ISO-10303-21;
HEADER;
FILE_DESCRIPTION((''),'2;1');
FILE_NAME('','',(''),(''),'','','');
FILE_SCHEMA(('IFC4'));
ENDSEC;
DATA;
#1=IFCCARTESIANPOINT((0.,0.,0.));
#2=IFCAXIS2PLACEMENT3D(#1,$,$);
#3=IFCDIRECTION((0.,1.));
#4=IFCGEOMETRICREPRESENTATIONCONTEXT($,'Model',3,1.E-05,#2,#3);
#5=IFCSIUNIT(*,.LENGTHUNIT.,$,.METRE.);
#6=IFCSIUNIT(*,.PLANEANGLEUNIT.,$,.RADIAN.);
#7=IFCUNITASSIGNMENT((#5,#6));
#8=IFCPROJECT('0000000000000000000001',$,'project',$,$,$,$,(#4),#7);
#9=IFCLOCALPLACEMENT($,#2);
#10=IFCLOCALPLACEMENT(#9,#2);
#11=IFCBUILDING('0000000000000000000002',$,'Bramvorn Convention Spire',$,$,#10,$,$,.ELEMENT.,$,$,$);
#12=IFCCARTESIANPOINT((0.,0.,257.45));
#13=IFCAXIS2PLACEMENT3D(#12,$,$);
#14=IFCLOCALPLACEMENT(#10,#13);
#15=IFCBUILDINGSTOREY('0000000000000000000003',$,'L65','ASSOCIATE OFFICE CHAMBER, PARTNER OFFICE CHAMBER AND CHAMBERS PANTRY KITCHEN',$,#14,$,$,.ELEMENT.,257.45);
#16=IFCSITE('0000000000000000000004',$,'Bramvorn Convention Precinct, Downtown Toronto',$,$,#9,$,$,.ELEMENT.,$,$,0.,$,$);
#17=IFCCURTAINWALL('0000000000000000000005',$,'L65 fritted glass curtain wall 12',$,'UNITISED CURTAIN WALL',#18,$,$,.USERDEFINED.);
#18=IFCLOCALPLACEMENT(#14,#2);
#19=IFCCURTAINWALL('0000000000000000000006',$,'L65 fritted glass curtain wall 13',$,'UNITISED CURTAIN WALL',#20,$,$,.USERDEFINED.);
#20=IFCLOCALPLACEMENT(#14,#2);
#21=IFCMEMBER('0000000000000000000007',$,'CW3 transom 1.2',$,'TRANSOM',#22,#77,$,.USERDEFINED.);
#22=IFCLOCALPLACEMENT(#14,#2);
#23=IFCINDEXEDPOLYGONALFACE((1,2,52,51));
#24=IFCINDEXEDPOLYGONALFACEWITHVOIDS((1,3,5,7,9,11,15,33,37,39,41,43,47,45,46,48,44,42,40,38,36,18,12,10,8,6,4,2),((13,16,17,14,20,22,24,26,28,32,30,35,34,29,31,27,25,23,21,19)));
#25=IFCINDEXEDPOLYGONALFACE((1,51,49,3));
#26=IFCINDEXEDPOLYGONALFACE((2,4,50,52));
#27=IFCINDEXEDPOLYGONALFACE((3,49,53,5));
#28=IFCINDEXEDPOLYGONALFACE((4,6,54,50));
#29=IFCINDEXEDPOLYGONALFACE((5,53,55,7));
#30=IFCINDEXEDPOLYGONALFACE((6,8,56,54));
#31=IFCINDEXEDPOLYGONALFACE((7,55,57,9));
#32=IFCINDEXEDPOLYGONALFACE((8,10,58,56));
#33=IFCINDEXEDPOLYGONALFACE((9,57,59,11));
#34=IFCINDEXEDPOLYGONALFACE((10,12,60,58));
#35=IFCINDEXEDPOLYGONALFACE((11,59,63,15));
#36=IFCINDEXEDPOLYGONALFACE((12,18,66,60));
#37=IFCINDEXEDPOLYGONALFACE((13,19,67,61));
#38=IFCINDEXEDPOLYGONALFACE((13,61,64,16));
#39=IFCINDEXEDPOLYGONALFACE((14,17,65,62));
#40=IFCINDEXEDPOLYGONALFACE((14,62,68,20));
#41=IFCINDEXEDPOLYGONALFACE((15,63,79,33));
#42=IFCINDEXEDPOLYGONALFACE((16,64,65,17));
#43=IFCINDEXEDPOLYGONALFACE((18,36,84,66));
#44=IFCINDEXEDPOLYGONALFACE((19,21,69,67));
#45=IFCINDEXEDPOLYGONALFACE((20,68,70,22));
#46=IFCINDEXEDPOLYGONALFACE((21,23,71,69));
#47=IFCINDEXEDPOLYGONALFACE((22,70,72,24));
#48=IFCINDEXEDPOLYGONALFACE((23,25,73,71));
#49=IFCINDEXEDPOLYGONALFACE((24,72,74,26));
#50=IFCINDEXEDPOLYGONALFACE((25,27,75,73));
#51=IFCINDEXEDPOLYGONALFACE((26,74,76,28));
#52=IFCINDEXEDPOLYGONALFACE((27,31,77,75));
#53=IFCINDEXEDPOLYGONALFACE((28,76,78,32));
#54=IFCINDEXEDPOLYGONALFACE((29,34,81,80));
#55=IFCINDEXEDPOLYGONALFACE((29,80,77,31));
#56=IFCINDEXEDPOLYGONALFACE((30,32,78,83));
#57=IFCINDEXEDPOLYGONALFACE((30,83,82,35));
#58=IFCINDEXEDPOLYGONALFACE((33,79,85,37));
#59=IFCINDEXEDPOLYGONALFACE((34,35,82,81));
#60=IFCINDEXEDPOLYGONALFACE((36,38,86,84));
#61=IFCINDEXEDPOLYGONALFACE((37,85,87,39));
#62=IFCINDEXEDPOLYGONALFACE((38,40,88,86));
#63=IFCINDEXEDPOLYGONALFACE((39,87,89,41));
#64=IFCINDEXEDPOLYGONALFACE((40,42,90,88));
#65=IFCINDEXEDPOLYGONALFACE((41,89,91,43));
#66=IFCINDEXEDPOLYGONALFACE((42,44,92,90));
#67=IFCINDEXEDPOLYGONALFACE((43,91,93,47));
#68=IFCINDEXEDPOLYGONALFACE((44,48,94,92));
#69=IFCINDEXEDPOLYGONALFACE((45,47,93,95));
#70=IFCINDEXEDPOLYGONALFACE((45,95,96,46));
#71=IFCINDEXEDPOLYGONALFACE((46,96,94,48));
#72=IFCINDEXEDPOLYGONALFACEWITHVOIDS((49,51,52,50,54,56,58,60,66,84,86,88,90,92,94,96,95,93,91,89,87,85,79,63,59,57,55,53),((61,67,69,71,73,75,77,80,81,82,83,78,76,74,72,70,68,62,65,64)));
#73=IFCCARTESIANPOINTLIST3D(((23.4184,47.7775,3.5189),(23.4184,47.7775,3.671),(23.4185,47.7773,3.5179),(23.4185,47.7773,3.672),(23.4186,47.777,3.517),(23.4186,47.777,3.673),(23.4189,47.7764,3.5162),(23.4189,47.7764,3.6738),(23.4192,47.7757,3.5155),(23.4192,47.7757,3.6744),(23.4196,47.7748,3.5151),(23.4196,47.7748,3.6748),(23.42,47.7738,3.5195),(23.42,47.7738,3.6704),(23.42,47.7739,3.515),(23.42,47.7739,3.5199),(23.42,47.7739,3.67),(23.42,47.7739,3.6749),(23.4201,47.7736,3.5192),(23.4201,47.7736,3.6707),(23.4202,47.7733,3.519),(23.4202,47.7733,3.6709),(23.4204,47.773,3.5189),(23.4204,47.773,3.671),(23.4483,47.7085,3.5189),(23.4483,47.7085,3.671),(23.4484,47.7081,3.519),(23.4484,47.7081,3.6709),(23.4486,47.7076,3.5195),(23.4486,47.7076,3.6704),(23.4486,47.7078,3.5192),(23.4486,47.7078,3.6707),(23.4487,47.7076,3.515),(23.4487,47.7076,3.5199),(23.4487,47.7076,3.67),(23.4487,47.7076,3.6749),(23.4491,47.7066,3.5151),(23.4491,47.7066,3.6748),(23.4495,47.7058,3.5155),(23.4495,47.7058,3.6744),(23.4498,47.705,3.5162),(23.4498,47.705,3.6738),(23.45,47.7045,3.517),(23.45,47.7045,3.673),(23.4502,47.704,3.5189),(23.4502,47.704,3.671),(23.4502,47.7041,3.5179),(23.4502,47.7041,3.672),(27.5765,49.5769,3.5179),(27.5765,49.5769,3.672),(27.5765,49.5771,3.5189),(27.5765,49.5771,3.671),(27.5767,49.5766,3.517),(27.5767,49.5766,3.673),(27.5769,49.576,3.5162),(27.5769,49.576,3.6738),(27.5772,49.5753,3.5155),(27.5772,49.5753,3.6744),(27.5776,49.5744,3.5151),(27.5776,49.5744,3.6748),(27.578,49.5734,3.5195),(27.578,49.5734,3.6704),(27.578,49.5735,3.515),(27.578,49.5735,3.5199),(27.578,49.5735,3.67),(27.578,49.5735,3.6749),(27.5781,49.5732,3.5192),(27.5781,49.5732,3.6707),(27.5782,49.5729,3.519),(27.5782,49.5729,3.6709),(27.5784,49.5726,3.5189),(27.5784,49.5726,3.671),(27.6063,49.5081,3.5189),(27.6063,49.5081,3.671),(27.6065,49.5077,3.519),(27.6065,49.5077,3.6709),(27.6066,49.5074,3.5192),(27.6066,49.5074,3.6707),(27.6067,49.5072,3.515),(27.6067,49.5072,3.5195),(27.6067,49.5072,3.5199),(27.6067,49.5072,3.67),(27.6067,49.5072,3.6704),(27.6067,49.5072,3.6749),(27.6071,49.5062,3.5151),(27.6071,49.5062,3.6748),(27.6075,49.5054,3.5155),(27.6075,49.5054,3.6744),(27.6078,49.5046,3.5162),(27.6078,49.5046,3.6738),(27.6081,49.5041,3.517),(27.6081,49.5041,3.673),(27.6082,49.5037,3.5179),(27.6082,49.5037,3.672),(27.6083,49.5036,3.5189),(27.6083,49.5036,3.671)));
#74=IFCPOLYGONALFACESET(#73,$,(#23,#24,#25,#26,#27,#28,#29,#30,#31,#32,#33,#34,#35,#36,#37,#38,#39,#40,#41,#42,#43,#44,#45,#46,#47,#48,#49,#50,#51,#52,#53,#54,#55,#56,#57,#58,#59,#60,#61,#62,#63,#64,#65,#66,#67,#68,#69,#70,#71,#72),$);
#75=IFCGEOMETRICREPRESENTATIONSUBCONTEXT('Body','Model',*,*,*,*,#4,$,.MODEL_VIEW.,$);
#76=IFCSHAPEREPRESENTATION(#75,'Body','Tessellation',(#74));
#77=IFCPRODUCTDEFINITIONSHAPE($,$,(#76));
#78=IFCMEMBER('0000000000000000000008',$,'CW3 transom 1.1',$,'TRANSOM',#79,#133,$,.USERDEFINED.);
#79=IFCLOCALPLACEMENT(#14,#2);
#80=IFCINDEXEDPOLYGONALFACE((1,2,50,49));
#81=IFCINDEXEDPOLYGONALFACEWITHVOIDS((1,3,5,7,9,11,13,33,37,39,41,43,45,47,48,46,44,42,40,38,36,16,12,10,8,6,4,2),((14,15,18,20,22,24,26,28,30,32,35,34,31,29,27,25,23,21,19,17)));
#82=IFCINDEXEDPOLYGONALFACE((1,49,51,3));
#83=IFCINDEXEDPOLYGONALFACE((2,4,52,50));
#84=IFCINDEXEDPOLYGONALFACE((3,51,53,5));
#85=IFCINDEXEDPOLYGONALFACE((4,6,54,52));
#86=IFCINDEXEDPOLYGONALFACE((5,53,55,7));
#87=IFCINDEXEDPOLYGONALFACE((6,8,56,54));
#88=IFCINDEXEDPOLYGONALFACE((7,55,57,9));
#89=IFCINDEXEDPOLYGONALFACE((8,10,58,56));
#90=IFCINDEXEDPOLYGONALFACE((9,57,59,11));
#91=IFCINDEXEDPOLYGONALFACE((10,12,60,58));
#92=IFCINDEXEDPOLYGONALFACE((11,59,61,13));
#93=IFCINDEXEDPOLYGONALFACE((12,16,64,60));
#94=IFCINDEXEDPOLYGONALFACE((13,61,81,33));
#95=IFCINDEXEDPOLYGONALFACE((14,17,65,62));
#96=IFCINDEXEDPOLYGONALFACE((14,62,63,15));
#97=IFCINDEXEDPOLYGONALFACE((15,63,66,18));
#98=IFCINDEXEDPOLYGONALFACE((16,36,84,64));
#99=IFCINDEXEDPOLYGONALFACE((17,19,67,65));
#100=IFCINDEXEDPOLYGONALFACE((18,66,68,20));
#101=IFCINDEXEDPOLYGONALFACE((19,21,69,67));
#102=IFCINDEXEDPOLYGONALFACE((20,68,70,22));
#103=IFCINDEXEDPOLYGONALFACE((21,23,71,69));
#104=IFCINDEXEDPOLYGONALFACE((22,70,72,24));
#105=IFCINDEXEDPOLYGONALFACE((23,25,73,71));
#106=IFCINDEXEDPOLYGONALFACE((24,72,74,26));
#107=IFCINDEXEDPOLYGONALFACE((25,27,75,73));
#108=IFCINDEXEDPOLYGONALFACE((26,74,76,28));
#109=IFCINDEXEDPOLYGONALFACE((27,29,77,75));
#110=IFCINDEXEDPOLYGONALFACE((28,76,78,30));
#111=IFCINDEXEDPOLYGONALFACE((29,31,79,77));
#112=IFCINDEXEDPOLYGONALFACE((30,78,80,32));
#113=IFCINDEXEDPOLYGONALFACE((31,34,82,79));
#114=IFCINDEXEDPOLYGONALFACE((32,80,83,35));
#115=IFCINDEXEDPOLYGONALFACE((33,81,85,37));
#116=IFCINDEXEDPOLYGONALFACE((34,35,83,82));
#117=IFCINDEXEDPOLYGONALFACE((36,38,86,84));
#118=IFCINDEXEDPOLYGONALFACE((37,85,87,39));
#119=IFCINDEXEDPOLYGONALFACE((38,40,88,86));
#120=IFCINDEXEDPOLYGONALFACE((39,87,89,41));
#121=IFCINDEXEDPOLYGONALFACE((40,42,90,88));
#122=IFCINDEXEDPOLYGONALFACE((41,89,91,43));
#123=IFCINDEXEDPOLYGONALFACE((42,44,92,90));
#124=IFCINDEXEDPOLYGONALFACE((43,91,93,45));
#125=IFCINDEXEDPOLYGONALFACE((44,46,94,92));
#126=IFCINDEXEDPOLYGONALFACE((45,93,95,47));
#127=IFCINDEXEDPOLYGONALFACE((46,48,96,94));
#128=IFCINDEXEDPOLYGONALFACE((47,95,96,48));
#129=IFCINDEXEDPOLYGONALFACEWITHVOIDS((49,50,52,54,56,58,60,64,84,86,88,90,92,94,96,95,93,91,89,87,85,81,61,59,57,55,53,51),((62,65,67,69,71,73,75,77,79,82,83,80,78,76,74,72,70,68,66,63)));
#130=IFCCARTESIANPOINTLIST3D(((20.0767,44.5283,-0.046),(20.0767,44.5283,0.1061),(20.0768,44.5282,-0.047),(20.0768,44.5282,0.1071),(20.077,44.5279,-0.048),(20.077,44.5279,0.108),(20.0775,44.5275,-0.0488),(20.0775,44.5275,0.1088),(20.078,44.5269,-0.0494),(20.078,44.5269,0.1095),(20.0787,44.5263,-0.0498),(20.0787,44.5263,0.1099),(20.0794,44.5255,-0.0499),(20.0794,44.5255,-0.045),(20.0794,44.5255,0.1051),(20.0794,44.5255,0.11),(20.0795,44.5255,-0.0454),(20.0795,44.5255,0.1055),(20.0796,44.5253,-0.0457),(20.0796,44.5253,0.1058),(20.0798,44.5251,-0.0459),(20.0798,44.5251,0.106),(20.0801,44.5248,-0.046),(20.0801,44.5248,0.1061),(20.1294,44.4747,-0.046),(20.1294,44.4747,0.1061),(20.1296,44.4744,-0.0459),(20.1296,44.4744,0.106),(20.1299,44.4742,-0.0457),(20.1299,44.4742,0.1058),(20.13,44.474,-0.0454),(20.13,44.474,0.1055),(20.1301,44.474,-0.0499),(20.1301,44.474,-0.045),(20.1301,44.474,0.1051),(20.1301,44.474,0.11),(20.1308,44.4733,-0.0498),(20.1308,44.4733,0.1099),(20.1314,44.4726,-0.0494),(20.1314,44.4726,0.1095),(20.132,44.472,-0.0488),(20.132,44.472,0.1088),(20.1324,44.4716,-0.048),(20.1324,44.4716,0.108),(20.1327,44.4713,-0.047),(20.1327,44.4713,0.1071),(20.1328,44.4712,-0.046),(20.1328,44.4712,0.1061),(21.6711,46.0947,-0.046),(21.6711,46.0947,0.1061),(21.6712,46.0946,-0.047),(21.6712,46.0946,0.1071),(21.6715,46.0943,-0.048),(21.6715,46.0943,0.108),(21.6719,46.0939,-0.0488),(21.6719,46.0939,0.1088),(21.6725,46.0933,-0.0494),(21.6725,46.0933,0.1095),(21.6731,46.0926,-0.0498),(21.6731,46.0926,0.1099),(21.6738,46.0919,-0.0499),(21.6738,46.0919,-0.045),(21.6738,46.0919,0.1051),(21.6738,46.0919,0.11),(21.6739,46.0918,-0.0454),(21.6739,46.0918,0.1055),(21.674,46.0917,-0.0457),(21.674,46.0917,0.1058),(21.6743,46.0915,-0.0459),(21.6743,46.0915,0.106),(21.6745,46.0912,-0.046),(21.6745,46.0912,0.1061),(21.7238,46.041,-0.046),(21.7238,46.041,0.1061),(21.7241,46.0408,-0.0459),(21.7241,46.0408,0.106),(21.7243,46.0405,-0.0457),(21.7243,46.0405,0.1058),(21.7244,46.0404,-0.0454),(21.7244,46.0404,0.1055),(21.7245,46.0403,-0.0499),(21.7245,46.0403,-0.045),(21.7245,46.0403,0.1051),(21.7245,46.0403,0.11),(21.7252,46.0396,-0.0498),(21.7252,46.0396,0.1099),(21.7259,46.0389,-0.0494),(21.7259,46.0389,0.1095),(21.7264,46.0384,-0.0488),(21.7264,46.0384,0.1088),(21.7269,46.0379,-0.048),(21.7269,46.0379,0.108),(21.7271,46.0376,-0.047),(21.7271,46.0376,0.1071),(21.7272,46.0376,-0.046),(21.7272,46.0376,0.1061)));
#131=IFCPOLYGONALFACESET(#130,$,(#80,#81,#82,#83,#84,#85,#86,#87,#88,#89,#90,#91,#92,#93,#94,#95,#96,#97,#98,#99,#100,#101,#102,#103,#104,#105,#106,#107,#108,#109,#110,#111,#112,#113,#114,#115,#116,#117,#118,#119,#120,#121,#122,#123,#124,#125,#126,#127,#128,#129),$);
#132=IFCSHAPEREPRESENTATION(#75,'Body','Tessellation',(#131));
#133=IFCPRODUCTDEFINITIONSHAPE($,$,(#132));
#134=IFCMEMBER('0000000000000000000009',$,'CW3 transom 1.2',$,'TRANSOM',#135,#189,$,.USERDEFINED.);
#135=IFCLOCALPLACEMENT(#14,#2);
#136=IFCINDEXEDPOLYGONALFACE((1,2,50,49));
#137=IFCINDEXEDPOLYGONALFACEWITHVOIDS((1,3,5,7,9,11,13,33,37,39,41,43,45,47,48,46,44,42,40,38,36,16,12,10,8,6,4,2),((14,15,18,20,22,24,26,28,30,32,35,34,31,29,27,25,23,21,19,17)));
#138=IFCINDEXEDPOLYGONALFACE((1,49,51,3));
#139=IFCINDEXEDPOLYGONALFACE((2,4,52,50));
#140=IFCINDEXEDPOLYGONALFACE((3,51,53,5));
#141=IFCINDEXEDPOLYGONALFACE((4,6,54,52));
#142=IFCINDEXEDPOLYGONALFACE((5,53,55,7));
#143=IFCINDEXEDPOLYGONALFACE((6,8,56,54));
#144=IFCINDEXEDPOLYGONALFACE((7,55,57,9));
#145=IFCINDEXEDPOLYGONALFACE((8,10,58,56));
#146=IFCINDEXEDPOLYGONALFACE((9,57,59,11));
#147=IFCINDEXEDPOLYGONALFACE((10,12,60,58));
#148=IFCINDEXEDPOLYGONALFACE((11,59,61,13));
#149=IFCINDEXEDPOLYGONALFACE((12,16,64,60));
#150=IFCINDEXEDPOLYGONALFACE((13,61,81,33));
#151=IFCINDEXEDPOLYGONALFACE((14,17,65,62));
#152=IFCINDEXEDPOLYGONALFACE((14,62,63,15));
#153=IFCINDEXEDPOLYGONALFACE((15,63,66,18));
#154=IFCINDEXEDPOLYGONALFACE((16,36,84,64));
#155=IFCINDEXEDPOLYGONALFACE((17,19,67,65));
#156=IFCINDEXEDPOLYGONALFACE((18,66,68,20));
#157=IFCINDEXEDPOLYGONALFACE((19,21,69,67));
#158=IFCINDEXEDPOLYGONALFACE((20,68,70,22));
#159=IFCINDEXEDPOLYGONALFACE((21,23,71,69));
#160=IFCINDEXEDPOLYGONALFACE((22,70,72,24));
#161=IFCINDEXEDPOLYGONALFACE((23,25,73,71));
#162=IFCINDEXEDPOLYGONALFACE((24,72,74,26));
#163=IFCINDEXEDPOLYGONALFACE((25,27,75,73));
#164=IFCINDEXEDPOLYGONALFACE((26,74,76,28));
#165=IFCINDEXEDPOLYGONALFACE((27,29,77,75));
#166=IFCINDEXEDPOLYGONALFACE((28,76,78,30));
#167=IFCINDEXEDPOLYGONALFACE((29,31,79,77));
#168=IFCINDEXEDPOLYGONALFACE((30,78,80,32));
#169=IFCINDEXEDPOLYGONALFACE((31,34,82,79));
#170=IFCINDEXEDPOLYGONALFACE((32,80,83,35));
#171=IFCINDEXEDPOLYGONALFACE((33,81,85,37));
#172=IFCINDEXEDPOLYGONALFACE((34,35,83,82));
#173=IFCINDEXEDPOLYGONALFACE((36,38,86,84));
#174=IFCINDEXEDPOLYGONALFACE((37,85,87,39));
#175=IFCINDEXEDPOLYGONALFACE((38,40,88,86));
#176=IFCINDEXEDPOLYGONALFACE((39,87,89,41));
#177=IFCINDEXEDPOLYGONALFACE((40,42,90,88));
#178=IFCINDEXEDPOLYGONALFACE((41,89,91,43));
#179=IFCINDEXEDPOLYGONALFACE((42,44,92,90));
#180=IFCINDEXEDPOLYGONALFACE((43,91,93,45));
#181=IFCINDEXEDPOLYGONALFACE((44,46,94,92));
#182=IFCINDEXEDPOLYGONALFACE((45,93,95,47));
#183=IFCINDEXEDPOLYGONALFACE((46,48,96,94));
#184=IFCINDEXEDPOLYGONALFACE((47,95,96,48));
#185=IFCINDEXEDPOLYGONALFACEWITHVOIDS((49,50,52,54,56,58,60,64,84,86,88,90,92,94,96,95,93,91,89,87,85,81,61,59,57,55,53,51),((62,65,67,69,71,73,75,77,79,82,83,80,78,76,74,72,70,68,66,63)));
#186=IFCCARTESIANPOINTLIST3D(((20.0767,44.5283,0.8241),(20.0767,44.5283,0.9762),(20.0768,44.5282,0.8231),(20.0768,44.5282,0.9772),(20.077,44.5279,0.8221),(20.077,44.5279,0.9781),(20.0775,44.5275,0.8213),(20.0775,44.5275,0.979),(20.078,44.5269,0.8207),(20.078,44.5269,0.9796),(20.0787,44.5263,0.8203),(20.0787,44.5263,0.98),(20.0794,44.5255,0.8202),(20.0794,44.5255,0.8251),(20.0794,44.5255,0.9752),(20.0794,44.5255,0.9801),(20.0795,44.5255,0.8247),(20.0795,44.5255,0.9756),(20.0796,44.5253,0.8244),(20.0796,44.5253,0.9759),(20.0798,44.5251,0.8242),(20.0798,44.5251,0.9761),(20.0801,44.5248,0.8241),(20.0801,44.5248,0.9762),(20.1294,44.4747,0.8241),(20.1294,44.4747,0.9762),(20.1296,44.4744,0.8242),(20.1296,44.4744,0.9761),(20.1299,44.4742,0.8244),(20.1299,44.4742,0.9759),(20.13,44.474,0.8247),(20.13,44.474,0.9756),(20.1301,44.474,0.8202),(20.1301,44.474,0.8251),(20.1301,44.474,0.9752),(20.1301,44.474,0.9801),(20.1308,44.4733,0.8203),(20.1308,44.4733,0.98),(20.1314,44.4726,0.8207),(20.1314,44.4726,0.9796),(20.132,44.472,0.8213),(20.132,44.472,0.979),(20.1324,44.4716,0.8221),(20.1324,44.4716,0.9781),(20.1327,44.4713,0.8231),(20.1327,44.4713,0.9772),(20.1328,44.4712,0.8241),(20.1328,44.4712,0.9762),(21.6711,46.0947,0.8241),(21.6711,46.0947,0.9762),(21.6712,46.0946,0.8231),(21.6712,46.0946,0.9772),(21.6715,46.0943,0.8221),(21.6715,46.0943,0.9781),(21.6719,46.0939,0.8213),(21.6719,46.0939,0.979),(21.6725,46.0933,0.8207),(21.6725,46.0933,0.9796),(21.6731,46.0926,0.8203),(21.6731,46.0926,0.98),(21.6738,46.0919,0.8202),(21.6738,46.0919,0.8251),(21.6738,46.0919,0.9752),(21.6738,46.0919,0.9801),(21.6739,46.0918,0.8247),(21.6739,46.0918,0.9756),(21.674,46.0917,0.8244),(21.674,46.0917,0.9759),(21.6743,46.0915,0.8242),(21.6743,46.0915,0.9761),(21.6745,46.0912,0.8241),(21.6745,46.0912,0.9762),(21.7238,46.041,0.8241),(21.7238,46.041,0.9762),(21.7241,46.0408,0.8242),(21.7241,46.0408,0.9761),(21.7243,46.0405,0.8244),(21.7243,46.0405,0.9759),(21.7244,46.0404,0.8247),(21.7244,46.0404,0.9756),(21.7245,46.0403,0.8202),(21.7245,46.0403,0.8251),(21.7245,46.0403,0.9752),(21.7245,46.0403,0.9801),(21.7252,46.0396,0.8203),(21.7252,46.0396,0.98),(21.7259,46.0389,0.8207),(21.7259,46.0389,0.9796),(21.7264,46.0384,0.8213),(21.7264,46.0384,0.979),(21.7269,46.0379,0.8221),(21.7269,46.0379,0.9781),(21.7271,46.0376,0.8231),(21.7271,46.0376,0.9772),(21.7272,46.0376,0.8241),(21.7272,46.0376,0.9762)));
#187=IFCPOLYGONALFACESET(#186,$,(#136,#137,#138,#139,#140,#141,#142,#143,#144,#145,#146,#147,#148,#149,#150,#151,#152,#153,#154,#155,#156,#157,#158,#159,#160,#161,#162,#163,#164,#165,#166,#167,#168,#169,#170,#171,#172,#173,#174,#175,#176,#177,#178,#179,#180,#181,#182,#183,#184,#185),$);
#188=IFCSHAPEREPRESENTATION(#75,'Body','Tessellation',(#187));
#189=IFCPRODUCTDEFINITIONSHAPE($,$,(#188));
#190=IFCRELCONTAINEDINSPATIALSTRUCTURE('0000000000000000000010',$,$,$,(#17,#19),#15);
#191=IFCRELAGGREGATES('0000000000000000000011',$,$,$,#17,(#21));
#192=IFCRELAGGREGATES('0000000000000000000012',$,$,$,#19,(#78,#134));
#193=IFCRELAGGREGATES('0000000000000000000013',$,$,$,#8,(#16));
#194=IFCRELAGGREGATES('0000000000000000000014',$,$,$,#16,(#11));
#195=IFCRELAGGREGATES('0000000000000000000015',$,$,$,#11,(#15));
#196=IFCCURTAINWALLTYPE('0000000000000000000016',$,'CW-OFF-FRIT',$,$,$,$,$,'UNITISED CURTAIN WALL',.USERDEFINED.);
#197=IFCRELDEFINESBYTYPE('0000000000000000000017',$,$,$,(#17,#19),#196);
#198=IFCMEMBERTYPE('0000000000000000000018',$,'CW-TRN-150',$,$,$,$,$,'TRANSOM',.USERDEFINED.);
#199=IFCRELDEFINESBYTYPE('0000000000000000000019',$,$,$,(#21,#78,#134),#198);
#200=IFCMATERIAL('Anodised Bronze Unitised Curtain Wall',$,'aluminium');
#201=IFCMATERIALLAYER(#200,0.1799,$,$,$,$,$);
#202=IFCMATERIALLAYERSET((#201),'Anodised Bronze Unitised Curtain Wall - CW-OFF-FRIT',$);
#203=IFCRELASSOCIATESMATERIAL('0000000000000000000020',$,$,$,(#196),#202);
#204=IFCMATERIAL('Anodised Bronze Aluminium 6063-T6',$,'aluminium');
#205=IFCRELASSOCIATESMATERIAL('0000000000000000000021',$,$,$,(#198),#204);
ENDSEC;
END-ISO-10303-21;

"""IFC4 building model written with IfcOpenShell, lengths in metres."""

from ifc_helpers import new_model, si_unit, direction, frame, origin, origin_2d, place, context, subcontext, project, spatial, hollow_rectangle, extrude, material, layer, layer_set, material_profile, profile_set, type_object, element, aggregate, save


model = new_model("IFC4")

# Units and contexts
model_context = context("Model", 3, precision=1e-05, world=origin(), true_north=direction((0.0, 1.0)))
body_context = subcontext(model_context, "Body", "Model", "MODEL_VIEW")
ifc_project = project(units=[si_unit("LENGTHUNIT", "METRE"), si_unit("PLANEANGLEUNIT", "RADIAN")], contexts=[model_context])

# Site, building, storey
site_placement = place(None, origin())
site = spatial("IfcSite", under=ifc_project, at=site_placement, Name="Bramvorn Convention Precinct, Downtown Toronto", CompositionType="ELEMENT", RefElevation=0.0)
building_placement = place(site_placement, origin())
building = spatial("IfcBuilding", under=site, at=building_placement, Name="Bramvorn Convention Spire", CompositionType="ELEMENT")
storey_placement = place(building_placement, frame((0.0, 0.0, 257.45)))
storey = spatial("IfcBuildingStorey", under=building, at=storey_placement, Name="L65", Description="ASSOCIATE OFFICE CHAMBER, PARTNER OFFICE CHAMBER AND CHAMBERS PANTRY KITCHEN", CompositionType="ELEMENT", Elevation=257.45)

# Curtain walls
ifc_material_1 = material(Name="Anodised Bronze Unitised Curtain Wall", Category="aluminium")
ifc_layer_1 = layer(ifc_material_1, 0.1799)
ifc_layer_set_1 = layer_set([ifc_layer_1], Name="Anodised Bronze Unitised Curtain Wall - CW-OFF-FRIT")
curtain_wall_type = type_object("IfcCurtainWallType", Name="CW-OFF-FRIT", ElementType="UNITISED CURTAIN WALL", PredefinedType="USERDEFINED", material=ifc_layer_set_1)
curtain_wall_1_placement = place(storey_placement, origin())
curtain_wall_1 = element("IfcCurtainWall", 1, at=curtain_wall_1_placement, inside=storey, type_object=curtain_wall_type, Name="L65 fritted glass curtain wall 12", ObjectType="UNITISED CURTAIN WALL", PredefinedType="USERDEFINED")
ifc_material_2 = material(Name="Anodised Bronze Aluminium 6063-T6", Category="aluminium")
curtain_wall_2_placement = place(storey_placement, origin())
curtain_wall_2 = element("IfcCurtainWall", 2, at=curtain_wall_2_placement, inside=storey, type_object=curtain_wall_type, Name="L65 fritted glass curtain wall 13", ObjectType="UNITISED CURTAIN WALL", PredefinedType="USERDEFINED")

# Members
ifc_material_profile_1 = material_profile(ifc_material_2, hollow_rectangle(XDim=0.0801, YDim=0.1599, WallThickness=0.0039, InnerFilletRadius=0.001, OuterFilletRadius=0.0039, at=origin_2d()))
ifc_profile_set_1 = profile_set([ifc_material_profile_1], Name="Anodised Bronze Aluminium 6063-T6 - CWT80X160")
member_type_1 = type_object("IfcMemberType", Name="CW-TRN-150", ElementType="TRANSOM", PredefinedType="USERDEFINED", material=ifc_profile_set_1)
member_1_placement = place(storey_placement, frame((23.4343, 47.7407, 3.595), z_axis=(0.917734, 0.397195, 0.0), x_axis=(-0.397195, 0.917734, 0.0)))
member_1 = element("IfcMember", 3, at=member_1_placement, type_object=member_type_1, Name="CW3 transom 1.2", ObjectType="TRANSOM", PredefinedType="USERDEFINED", context=body_context, shape_type="SweptSolid", body=[
    extrude(hollow_rectangle(XDim=0.0801, YDim=0.1599, WallThickness=0.0039, InnerFilletRadius=0.001, OuterFilletRadius=0.0039, at=origin_2d()), origin(), (0.0, 0.0, 1.0), 4.5308),
])
member_2_placement = place(storey_placement, frame((20.1047, 44.4998, 0.03), z_axis=(0.713359, 0.700798, 0.0), x_axis=(-0.700798, 0.713359, 0.0)))
member_2 = element("IfcMember", 4, at=member_2_placement, type_object=member_type_1, Name="CW3 transom 1.1", ObjectType="TRANSOM", PredefinedType="USERDEFINED", context=body_context, shape_type="SweptSolid", body=[
    extrude(hollow_rectangle(XDim=0.0801, YDim=0.1599, WallThickness=0.0039, InnerFilletRadius=0.001, OuterFilletRadius=0.0039, at=origin_2d()), origin(), (0.0, 0.0, 1.0), 2.2351),
])
member_3_placement = place(storey_placement, frame((20.1047, 44.4998, 0.9001), z_axis=(0.713359, 0.700798, 0.0), x_axis=(-0.700798, 0.713359, 0.0)))
member_3 = element("IfcMember", 5, at=member_3_placement, type_object=member_type_1, Name="CW3 transom 1.2", ObjectType="TRANSOM", PredefinedType="USERDEFINED", context=body_context, shape_type="SweptSolid", body=[
    extrude(hollow_rectangle(XDim=0.0801, YDim=0.1599, WallThickness=0.0039, InnerFilletRadius=0.001, OuterFilletRadius=0.0039, at=origin_2d()), origin(), (0.0, 0.0, 1.0), 2.2351),
])

aggregate(curtain_wall_1, [member_1])
aggregate(curtain_wall_2, [member_2, member_3])

save(model, "model.ifc")
